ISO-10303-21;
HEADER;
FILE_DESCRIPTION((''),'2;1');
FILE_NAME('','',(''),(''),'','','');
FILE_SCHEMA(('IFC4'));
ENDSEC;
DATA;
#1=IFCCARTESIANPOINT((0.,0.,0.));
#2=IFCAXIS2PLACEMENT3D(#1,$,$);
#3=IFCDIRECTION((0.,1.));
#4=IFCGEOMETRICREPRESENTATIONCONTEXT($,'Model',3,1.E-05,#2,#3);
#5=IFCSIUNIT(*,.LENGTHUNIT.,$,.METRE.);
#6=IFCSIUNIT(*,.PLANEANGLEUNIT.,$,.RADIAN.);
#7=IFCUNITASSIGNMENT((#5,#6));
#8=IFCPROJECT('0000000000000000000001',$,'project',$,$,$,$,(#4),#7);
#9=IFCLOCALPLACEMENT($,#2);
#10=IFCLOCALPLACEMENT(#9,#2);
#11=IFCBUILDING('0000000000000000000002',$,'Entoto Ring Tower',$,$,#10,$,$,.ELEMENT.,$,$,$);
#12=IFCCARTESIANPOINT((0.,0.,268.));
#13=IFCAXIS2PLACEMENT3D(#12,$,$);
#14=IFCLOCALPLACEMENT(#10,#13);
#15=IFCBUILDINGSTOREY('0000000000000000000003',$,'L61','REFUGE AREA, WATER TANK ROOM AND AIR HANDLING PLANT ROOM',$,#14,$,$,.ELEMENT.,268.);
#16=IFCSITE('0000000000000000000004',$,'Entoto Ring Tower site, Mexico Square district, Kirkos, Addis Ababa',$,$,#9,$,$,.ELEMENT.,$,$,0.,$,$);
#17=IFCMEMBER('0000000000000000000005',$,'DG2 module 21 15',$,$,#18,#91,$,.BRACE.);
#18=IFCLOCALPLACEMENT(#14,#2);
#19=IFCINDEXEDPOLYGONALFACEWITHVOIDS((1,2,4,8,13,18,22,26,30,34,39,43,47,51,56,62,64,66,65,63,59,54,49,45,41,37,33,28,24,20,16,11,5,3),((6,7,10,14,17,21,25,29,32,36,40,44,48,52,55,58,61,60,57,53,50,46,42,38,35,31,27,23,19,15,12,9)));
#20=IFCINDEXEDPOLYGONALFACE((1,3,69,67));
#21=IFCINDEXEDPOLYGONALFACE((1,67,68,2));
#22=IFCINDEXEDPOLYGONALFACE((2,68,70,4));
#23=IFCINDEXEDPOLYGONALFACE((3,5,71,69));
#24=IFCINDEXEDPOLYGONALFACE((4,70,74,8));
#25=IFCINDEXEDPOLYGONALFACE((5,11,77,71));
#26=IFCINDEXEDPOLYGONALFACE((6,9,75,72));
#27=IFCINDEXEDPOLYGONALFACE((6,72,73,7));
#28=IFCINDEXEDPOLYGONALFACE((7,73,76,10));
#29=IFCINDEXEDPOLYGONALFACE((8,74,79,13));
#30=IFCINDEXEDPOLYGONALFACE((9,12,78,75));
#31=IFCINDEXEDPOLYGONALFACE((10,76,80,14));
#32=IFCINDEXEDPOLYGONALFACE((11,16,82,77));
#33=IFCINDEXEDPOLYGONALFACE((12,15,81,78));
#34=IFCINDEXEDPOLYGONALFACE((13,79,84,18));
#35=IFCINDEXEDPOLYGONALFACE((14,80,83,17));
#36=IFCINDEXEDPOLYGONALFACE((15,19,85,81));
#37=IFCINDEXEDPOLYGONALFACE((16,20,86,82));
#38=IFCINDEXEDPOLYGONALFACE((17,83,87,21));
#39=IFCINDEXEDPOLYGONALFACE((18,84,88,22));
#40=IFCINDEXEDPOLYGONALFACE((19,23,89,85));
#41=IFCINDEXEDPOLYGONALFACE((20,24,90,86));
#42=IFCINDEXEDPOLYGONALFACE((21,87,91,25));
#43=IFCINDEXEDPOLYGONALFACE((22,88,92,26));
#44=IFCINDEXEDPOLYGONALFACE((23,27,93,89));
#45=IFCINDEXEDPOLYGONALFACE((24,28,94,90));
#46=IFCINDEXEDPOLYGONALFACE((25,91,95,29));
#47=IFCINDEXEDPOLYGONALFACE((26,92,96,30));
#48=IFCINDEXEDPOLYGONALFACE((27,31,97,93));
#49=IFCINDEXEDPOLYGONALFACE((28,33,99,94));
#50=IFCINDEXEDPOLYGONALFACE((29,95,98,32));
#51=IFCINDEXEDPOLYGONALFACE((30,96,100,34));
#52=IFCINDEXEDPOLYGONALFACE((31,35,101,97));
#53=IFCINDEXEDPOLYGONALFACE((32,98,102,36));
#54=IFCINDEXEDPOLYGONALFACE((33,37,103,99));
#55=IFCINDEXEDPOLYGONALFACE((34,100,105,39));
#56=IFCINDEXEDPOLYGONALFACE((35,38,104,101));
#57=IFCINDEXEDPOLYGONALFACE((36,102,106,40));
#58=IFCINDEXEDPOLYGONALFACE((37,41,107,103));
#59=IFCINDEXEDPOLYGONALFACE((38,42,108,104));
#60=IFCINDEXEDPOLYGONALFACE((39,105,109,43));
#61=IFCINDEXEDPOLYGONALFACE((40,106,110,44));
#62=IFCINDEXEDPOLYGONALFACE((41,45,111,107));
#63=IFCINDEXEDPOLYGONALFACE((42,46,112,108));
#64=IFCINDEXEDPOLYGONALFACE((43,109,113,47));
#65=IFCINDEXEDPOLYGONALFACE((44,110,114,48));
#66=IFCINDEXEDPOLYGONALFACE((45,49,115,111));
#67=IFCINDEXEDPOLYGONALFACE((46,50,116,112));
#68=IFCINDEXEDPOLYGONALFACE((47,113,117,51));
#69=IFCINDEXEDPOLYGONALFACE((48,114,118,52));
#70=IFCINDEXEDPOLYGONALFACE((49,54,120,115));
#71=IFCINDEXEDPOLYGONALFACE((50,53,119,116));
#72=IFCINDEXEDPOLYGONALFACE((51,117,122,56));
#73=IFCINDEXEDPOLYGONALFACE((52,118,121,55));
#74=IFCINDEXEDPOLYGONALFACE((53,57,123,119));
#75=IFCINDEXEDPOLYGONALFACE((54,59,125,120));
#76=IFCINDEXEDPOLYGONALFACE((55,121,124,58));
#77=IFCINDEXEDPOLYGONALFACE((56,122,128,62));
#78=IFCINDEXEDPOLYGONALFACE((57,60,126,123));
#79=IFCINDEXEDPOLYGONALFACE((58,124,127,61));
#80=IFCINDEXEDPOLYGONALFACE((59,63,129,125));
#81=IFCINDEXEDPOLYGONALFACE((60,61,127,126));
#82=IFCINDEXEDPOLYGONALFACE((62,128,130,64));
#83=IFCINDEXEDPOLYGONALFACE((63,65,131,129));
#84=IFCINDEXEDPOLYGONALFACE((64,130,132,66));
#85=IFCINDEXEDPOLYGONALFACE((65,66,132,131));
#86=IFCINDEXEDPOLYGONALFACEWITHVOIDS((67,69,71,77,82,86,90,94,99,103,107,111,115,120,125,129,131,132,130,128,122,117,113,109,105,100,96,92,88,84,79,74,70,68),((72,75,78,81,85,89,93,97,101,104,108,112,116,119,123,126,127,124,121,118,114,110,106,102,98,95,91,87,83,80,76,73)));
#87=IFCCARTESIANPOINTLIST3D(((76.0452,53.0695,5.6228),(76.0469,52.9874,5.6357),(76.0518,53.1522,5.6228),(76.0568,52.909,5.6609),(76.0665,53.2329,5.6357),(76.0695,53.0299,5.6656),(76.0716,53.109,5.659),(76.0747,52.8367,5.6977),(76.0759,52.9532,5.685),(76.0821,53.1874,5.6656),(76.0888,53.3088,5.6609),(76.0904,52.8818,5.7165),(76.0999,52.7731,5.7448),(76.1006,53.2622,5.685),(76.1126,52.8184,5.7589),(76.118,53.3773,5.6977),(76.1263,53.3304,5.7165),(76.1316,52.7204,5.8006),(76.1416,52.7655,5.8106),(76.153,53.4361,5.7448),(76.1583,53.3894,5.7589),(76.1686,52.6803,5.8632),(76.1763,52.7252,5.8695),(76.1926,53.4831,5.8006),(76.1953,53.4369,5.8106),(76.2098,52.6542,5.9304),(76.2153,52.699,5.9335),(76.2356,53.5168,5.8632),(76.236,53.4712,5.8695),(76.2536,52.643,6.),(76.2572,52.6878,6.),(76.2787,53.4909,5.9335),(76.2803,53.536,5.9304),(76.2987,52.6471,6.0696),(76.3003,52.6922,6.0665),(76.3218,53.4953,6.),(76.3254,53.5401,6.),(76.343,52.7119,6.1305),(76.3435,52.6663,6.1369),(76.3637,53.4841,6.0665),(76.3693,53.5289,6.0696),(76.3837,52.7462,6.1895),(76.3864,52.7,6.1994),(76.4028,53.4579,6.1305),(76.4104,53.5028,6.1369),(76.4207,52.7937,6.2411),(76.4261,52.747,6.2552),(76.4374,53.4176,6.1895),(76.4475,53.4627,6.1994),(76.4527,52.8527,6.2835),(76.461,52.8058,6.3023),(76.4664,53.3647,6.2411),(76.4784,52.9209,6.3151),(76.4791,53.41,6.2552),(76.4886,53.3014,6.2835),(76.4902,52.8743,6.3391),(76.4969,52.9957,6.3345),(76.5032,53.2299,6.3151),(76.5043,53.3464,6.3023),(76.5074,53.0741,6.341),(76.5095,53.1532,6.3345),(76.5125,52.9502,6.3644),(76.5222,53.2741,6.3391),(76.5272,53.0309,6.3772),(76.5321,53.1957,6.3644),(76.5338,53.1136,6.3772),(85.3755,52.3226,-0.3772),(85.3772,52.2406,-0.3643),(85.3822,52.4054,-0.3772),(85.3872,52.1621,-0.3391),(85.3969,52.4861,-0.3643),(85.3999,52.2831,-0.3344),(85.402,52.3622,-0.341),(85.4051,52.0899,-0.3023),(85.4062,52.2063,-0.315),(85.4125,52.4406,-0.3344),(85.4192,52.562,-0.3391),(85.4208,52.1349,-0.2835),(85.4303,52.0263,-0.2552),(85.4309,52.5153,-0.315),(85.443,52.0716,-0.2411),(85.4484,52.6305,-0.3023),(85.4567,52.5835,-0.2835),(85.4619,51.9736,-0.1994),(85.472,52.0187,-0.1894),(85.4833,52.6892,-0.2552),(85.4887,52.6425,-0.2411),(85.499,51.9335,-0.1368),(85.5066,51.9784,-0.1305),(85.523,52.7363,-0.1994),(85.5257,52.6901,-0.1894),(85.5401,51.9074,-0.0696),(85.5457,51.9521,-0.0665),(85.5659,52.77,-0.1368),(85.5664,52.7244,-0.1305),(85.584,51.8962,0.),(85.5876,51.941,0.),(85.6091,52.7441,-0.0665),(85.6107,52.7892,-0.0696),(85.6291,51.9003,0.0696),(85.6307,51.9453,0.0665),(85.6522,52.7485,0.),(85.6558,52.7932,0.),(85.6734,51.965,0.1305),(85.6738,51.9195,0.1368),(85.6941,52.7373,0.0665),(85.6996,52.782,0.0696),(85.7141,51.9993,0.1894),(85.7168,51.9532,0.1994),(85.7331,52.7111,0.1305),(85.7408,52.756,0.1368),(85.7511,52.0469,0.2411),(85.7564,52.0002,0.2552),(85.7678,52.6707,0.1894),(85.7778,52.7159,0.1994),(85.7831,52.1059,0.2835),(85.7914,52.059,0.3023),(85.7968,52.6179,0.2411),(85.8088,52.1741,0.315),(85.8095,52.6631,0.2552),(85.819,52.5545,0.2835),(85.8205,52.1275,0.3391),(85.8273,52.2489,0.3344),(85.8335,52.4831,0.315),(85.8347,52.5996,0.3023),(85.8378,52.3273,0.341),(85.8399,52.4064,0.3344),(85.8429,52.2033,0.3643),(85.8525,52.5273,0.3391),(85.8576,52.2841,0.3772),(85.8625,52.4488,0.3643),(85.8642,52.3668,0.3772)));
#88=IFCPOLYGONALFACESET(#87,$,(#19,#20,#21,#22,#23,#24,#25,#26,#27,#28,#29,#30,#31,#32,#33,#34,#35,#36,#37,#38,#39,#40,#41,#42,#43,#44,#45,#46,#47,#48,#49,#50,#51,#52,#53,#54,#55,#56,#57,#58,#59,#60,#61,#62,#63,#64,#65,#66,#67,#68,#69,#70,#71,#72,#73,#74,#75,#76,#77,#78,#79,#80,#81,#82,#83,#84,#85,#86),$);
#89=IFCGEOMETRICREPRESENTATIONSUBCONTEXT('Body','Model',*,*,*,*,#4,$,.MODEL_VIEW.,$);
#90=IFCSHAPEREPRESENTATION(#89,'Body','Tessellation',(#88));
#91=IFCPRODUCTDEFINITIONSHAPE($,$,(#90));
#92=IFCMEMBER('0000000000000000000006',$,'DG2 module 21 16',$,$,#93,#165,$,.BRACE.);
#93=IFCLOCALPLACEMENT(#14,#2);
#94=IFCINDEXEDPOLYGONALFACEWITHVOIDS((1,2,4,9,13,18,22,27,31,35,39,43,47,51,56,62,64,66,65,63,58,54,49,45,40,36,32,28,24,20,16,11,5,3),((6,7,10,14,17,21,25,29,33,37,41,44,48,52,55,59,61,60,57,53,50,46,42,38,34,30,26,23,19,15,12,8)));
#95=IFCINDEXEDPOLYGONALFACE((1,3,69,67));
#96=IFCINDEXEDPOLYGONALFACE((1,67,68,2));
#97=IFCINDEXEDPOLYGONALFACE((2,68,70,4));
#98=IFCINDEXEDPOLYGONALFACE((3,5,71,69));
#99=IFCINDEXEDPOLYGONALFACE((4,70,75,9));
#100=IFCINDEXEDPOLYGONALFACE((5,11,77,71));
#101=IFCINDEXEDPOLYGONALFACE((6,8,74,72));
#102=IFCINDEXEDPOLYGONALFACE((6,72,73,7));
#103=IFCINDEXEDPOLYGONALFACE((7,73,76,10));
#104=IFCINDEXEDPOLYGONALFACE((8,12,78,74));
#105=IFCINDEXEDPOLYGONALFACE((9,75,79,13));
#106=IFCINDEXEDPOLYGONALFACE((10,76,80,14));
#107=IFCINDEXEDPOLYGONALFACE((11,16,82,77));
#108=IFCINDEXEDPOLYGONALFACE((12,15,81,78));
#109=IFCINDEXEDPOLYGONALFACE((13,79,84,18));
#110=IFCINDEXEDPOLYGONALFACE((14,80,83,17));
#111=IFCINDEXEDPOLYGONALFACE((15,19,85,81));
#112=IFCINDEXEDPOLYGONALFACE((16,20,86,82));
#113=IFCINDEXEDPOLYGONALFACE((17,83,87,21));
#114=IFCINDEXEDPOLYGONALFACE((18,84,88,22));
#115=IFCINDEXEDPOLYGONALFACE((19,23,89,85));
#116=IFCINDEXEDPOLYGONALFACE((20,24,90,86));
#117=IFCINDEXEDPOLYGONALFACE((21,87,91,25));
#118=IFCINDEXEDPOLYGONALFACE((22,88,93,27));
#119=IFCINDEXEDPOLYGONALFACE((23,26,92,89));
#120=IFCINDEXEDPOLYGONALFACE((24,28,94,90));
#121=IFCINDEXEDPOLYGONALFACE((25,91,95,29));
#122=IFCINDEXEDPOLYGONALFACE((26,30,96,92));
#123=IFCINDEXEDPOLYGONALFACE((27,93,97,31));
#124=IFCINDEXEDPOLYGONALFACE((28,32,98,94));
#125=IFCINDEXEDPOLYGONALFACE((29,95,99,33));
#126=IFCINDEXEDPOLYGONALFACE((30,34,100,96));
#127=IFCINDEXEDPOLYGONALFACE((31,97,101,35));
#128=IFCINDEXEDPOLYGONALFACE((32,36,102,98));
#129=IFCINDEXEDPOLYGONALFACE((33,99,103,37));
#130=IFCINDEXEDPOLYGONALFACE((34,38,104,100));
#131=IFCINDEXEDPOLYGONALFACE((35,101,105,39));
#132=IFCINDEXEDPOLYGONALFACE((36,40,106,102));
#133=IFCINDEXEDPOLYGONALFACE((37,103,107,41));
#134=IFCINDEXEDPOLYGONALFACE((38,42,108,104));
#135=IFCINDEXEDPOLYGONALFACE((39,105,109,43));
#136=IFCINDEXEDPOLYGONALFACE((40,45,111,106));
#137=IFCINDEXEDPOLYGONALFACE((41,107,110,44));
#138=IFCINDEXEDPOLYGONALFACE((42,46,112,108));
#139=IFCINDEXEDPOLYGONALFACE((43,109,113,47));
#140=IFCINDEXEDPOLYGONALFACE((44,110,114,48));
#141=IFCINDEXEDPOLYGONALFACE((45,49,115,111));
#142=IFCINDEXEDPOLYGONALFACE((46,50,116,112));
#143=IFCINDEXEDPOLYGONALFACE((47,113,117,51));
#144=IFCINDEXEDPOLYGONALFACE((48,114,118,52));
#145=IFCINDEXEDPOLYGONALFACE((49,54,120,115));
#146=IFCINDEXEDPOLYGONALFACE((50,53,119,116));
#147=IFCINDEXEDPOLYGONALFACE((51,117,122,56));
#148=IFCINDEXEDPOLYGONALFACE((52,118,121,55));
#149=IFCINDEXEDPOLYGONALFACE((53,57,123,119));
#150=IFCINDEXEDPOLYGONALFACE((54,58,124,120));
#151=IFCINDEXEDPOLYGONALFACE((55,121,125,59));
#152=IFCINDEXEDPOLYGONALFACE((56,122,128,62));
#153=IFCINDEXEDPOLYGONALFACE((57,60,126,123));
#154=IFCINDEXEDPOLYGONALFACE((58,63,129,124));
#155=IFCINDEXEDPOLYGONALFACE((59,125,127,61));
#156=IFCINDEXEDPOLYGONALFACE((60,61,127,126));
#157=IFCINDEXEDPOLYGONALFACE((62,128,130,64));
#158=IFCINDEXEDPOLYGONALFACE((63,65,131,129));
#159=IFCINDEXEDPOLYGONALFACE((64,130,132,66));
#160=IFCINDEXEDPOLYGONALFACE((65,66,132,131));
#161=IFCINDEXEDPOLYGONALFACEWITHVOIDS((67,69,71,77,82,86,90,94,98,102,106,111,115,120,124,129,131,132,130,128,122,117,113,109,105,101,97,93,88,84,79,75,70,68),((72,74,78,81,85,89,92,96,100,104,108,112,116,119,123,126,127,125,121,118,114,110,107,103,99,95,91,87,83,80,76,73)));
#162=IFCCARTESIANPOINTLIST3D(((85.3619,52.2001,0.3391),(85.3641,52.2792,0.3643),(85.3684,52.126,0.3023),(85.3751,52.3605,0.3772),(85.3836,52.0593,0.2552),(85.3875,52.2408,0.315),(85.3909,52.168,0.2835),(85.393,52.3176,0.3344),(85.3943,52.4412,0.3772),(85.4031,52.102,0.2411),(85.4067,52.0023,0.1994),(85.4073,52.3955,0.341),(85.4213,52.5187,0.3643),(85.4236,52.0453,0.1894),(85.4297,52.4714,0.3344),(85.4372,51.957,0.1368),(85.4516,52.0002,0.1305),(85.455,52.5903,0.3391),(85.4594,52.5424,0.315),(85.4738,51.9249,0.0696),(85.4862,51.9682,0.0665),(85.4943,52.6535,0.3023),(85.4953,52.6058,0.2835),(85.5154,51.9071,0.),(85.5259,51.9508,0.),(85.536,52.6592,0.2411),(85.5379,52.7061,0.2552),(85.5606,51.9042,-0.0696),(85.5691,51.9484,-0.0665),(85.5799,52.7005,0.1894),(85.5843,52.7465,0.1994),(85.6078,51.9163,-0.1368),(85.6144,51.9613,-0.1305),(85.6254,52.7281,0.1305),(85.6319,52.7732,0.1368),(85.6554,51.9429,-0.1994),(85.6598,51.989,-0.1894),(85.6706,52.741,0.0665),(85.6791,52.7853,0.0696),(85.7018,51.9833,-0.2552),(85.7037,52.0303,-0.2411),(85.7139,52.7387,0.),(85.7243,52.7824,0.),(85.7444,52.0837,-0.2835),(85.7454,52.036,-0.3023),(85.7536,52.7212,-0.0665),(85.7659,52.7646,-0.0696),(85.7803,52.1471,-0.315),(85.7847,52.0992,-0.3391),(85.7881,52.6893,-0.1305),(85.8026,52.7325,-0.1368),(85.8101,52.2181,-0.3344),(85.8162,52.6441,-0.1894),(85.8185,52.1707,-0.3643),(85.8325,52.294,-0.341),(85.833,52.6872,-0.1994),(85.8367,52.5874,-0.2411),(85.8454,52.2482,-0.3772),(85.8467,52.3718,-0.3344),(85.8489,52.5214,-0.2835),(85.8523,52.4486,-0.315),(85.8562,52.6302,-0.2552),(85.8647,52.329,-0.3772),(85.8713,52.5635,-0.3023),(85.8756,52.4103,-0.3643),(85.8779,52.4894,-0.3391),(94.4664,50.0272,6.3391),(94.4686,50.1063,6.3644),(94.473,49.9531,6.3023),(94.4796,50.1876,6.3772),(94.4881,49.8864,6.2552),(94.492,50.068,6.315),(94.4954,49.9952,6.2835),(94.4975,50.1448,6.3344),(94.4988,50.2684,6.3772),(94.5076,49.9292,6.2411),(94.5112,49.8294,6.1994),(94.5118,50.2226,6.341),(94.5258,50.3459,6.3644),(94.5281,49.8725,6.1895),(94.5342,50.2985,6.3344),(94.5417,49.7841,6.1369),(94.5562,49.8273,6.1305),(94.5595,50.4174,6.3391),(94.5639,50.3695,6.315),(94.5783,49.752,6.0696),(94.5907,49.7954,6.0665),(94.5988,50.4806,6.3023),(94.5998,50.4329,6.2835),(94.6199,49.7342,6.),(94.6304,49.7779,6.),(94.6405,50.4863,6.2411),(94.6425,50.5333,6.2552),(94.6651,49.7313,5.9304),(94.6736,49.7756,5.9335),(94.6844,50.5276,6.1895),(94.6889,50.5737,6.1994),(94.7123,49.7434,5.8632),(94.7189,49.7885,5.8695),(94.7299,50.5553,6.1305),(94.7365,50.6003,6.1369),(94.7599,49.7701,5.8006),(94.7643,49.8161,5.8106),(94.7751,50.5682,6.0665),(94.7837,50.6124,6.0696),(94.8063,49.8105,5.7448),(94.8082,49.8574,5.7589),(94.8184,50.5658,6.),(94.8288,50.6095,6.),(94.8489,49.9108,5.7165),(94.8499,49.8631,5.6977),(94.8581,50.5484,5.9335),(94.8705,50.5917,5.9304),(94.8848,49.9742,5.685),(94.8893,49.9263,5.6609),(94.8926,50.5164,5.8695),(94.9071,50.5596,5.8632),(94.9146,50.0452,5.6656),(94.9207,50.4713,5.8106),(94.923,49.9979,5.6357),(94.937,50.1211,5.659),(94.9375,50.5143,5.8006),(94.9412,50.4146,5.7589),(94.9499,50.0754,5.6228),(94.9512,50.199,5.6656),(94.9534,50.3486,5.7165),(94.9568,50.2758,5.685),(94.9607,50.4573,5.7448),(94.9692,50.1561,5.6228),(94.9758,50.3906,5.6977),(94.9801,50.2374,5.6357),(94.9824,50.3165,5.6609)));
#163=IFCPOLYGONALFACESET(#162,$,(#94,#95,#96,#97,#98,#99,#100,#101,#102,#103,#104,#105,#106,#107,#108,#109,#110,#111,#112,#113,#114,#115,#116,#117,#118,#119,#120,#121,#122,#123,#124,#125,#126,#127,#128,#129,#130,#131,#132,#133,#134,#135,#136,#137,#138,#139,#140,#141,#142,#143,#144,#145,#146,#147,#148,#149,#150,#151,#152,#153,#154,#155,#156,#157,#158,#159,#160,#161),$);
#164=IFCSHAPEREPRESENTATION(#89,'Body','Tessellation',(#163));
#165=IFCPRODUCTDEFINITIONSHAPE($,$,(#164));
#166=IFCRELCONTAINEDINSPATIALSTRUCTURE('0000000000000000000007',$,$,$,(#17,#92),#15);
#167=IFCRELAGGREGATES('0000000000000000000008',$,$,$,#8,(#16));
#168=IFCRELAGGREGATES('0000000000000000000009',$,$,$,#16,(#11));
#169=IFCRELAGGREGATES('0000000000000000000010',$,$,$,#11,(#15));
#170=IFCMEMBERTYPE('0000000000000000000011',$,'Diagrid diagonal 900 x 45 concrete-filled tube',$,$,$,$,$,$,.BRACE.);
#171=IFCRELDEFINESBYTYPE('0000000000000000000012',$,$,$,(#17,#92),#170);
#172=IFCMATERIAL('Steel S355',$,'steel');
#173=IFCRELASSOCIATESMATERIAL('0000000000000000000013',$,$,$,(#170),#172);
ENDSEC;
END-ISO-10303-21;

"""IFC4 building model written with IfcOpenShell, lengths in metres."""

from ifc_helpers import new_model, si_unit, direction, frame, origin, origin_2d, place, context, subcontext, project, spatial, circle, hollow_circle, extrude, material, material_profile, profile_set, type_object, element, save


model = new_model("IFC4")

# Units and contexts
model_context = context("Model", 3, precision=1e-05, world=origin(), true_north=direction((0.0, 1.0)))
body_context = subcontext(model_context, "Body", "Model", "MODEL_VIEW")
ifc_project = project(units=[si_unit("LENGTHUNIT", "METRE"), si_unit("PLANEANGLEUNIT", "RADIAN")], contexts=[model_context])

# Site, building, storey
site_placement = place(None, origin())
site = spatial("IfcSite", under=ifc_project, at=site_placement, Name="Entoto Ring Tower site, Mexico Square district, Kirkos, Addis Ababa", CompositionType="ELEMENT", RefElevation=0.0)
building_placement = place(site_placement, origin())
building = spatial("IfcBuilding", under=site, at=building_placement, Name="Entoto Ring Tower", CompositionType="ELEMENT")
storey_placement = place(building_placement, frame((0.0, 0.0, 268.0)))
storey = spatial("IfcBuildingStorey", under=building, at=storey_placement, Name="L61", Description="REFUGE AREA, WATER TANK ROOM AND AIR HANDLING PLANT ROOM", CompositionType="ELEMENT", Elevation=268.0)

# Members
ifc_material_1 = material(Name="Steel S355", Category="steel")
ifc_material_profile_1 = material_profile(ifc_material_1, hollow_circle(Radius=0.45, WallThickness=0.0449, at=origin_2d()), Name="CHS 900 x 45")
ifc_material_2 = material(Name="Concrete C60/75", Category="concrete")
ifc_material_profile_2 = material_profile(ifc_material_2, circle(Radius=0.405, at=origin_2d()), Name="Concrete C60/75 infill")
ifc_profile_set_1 = profile_set([ifc_material_profile_1, ifc_material_profile_2], Name="Steel S355")
member_type_1 = type_object("IfcMemberType", Name="Diagrid diagonal 900 x 45 concrete-filled tube", PredefinedType="BRACE", material=ifc_profile_set_1)
for number, where, z_axis, x_axis, name in (
    (1, (85.6199, 52.3447, 0.0), (-0.839199, 0.067172, 0.539659), (-0.079788, -0.996812, 0.0), "DG2 module 21 15"),
    (2, (85.6199, 52.3447, 0.0), (0.818886, -0.195433, 0.539659), (0.232138, 0.972683, 0.0), "DG2 module 21 16"),
):
    element("IfcMember", number, at=place(storey_placement, frame(where, z_axis=z_axis, x_axis=x_axis)), inside=storey, type_object=member_type_1, Name=name, PredefinedType="BRACE", context=body_context, shape_type="SweptSolid", body=[
        extrude(hollow_circle(Radius=0.45, WallThickness=0.0449, at=origin_2d()), origin(), (0.0, 0.0, 1.0), 11.1182),
    ])

save(model, "model.ifc")
